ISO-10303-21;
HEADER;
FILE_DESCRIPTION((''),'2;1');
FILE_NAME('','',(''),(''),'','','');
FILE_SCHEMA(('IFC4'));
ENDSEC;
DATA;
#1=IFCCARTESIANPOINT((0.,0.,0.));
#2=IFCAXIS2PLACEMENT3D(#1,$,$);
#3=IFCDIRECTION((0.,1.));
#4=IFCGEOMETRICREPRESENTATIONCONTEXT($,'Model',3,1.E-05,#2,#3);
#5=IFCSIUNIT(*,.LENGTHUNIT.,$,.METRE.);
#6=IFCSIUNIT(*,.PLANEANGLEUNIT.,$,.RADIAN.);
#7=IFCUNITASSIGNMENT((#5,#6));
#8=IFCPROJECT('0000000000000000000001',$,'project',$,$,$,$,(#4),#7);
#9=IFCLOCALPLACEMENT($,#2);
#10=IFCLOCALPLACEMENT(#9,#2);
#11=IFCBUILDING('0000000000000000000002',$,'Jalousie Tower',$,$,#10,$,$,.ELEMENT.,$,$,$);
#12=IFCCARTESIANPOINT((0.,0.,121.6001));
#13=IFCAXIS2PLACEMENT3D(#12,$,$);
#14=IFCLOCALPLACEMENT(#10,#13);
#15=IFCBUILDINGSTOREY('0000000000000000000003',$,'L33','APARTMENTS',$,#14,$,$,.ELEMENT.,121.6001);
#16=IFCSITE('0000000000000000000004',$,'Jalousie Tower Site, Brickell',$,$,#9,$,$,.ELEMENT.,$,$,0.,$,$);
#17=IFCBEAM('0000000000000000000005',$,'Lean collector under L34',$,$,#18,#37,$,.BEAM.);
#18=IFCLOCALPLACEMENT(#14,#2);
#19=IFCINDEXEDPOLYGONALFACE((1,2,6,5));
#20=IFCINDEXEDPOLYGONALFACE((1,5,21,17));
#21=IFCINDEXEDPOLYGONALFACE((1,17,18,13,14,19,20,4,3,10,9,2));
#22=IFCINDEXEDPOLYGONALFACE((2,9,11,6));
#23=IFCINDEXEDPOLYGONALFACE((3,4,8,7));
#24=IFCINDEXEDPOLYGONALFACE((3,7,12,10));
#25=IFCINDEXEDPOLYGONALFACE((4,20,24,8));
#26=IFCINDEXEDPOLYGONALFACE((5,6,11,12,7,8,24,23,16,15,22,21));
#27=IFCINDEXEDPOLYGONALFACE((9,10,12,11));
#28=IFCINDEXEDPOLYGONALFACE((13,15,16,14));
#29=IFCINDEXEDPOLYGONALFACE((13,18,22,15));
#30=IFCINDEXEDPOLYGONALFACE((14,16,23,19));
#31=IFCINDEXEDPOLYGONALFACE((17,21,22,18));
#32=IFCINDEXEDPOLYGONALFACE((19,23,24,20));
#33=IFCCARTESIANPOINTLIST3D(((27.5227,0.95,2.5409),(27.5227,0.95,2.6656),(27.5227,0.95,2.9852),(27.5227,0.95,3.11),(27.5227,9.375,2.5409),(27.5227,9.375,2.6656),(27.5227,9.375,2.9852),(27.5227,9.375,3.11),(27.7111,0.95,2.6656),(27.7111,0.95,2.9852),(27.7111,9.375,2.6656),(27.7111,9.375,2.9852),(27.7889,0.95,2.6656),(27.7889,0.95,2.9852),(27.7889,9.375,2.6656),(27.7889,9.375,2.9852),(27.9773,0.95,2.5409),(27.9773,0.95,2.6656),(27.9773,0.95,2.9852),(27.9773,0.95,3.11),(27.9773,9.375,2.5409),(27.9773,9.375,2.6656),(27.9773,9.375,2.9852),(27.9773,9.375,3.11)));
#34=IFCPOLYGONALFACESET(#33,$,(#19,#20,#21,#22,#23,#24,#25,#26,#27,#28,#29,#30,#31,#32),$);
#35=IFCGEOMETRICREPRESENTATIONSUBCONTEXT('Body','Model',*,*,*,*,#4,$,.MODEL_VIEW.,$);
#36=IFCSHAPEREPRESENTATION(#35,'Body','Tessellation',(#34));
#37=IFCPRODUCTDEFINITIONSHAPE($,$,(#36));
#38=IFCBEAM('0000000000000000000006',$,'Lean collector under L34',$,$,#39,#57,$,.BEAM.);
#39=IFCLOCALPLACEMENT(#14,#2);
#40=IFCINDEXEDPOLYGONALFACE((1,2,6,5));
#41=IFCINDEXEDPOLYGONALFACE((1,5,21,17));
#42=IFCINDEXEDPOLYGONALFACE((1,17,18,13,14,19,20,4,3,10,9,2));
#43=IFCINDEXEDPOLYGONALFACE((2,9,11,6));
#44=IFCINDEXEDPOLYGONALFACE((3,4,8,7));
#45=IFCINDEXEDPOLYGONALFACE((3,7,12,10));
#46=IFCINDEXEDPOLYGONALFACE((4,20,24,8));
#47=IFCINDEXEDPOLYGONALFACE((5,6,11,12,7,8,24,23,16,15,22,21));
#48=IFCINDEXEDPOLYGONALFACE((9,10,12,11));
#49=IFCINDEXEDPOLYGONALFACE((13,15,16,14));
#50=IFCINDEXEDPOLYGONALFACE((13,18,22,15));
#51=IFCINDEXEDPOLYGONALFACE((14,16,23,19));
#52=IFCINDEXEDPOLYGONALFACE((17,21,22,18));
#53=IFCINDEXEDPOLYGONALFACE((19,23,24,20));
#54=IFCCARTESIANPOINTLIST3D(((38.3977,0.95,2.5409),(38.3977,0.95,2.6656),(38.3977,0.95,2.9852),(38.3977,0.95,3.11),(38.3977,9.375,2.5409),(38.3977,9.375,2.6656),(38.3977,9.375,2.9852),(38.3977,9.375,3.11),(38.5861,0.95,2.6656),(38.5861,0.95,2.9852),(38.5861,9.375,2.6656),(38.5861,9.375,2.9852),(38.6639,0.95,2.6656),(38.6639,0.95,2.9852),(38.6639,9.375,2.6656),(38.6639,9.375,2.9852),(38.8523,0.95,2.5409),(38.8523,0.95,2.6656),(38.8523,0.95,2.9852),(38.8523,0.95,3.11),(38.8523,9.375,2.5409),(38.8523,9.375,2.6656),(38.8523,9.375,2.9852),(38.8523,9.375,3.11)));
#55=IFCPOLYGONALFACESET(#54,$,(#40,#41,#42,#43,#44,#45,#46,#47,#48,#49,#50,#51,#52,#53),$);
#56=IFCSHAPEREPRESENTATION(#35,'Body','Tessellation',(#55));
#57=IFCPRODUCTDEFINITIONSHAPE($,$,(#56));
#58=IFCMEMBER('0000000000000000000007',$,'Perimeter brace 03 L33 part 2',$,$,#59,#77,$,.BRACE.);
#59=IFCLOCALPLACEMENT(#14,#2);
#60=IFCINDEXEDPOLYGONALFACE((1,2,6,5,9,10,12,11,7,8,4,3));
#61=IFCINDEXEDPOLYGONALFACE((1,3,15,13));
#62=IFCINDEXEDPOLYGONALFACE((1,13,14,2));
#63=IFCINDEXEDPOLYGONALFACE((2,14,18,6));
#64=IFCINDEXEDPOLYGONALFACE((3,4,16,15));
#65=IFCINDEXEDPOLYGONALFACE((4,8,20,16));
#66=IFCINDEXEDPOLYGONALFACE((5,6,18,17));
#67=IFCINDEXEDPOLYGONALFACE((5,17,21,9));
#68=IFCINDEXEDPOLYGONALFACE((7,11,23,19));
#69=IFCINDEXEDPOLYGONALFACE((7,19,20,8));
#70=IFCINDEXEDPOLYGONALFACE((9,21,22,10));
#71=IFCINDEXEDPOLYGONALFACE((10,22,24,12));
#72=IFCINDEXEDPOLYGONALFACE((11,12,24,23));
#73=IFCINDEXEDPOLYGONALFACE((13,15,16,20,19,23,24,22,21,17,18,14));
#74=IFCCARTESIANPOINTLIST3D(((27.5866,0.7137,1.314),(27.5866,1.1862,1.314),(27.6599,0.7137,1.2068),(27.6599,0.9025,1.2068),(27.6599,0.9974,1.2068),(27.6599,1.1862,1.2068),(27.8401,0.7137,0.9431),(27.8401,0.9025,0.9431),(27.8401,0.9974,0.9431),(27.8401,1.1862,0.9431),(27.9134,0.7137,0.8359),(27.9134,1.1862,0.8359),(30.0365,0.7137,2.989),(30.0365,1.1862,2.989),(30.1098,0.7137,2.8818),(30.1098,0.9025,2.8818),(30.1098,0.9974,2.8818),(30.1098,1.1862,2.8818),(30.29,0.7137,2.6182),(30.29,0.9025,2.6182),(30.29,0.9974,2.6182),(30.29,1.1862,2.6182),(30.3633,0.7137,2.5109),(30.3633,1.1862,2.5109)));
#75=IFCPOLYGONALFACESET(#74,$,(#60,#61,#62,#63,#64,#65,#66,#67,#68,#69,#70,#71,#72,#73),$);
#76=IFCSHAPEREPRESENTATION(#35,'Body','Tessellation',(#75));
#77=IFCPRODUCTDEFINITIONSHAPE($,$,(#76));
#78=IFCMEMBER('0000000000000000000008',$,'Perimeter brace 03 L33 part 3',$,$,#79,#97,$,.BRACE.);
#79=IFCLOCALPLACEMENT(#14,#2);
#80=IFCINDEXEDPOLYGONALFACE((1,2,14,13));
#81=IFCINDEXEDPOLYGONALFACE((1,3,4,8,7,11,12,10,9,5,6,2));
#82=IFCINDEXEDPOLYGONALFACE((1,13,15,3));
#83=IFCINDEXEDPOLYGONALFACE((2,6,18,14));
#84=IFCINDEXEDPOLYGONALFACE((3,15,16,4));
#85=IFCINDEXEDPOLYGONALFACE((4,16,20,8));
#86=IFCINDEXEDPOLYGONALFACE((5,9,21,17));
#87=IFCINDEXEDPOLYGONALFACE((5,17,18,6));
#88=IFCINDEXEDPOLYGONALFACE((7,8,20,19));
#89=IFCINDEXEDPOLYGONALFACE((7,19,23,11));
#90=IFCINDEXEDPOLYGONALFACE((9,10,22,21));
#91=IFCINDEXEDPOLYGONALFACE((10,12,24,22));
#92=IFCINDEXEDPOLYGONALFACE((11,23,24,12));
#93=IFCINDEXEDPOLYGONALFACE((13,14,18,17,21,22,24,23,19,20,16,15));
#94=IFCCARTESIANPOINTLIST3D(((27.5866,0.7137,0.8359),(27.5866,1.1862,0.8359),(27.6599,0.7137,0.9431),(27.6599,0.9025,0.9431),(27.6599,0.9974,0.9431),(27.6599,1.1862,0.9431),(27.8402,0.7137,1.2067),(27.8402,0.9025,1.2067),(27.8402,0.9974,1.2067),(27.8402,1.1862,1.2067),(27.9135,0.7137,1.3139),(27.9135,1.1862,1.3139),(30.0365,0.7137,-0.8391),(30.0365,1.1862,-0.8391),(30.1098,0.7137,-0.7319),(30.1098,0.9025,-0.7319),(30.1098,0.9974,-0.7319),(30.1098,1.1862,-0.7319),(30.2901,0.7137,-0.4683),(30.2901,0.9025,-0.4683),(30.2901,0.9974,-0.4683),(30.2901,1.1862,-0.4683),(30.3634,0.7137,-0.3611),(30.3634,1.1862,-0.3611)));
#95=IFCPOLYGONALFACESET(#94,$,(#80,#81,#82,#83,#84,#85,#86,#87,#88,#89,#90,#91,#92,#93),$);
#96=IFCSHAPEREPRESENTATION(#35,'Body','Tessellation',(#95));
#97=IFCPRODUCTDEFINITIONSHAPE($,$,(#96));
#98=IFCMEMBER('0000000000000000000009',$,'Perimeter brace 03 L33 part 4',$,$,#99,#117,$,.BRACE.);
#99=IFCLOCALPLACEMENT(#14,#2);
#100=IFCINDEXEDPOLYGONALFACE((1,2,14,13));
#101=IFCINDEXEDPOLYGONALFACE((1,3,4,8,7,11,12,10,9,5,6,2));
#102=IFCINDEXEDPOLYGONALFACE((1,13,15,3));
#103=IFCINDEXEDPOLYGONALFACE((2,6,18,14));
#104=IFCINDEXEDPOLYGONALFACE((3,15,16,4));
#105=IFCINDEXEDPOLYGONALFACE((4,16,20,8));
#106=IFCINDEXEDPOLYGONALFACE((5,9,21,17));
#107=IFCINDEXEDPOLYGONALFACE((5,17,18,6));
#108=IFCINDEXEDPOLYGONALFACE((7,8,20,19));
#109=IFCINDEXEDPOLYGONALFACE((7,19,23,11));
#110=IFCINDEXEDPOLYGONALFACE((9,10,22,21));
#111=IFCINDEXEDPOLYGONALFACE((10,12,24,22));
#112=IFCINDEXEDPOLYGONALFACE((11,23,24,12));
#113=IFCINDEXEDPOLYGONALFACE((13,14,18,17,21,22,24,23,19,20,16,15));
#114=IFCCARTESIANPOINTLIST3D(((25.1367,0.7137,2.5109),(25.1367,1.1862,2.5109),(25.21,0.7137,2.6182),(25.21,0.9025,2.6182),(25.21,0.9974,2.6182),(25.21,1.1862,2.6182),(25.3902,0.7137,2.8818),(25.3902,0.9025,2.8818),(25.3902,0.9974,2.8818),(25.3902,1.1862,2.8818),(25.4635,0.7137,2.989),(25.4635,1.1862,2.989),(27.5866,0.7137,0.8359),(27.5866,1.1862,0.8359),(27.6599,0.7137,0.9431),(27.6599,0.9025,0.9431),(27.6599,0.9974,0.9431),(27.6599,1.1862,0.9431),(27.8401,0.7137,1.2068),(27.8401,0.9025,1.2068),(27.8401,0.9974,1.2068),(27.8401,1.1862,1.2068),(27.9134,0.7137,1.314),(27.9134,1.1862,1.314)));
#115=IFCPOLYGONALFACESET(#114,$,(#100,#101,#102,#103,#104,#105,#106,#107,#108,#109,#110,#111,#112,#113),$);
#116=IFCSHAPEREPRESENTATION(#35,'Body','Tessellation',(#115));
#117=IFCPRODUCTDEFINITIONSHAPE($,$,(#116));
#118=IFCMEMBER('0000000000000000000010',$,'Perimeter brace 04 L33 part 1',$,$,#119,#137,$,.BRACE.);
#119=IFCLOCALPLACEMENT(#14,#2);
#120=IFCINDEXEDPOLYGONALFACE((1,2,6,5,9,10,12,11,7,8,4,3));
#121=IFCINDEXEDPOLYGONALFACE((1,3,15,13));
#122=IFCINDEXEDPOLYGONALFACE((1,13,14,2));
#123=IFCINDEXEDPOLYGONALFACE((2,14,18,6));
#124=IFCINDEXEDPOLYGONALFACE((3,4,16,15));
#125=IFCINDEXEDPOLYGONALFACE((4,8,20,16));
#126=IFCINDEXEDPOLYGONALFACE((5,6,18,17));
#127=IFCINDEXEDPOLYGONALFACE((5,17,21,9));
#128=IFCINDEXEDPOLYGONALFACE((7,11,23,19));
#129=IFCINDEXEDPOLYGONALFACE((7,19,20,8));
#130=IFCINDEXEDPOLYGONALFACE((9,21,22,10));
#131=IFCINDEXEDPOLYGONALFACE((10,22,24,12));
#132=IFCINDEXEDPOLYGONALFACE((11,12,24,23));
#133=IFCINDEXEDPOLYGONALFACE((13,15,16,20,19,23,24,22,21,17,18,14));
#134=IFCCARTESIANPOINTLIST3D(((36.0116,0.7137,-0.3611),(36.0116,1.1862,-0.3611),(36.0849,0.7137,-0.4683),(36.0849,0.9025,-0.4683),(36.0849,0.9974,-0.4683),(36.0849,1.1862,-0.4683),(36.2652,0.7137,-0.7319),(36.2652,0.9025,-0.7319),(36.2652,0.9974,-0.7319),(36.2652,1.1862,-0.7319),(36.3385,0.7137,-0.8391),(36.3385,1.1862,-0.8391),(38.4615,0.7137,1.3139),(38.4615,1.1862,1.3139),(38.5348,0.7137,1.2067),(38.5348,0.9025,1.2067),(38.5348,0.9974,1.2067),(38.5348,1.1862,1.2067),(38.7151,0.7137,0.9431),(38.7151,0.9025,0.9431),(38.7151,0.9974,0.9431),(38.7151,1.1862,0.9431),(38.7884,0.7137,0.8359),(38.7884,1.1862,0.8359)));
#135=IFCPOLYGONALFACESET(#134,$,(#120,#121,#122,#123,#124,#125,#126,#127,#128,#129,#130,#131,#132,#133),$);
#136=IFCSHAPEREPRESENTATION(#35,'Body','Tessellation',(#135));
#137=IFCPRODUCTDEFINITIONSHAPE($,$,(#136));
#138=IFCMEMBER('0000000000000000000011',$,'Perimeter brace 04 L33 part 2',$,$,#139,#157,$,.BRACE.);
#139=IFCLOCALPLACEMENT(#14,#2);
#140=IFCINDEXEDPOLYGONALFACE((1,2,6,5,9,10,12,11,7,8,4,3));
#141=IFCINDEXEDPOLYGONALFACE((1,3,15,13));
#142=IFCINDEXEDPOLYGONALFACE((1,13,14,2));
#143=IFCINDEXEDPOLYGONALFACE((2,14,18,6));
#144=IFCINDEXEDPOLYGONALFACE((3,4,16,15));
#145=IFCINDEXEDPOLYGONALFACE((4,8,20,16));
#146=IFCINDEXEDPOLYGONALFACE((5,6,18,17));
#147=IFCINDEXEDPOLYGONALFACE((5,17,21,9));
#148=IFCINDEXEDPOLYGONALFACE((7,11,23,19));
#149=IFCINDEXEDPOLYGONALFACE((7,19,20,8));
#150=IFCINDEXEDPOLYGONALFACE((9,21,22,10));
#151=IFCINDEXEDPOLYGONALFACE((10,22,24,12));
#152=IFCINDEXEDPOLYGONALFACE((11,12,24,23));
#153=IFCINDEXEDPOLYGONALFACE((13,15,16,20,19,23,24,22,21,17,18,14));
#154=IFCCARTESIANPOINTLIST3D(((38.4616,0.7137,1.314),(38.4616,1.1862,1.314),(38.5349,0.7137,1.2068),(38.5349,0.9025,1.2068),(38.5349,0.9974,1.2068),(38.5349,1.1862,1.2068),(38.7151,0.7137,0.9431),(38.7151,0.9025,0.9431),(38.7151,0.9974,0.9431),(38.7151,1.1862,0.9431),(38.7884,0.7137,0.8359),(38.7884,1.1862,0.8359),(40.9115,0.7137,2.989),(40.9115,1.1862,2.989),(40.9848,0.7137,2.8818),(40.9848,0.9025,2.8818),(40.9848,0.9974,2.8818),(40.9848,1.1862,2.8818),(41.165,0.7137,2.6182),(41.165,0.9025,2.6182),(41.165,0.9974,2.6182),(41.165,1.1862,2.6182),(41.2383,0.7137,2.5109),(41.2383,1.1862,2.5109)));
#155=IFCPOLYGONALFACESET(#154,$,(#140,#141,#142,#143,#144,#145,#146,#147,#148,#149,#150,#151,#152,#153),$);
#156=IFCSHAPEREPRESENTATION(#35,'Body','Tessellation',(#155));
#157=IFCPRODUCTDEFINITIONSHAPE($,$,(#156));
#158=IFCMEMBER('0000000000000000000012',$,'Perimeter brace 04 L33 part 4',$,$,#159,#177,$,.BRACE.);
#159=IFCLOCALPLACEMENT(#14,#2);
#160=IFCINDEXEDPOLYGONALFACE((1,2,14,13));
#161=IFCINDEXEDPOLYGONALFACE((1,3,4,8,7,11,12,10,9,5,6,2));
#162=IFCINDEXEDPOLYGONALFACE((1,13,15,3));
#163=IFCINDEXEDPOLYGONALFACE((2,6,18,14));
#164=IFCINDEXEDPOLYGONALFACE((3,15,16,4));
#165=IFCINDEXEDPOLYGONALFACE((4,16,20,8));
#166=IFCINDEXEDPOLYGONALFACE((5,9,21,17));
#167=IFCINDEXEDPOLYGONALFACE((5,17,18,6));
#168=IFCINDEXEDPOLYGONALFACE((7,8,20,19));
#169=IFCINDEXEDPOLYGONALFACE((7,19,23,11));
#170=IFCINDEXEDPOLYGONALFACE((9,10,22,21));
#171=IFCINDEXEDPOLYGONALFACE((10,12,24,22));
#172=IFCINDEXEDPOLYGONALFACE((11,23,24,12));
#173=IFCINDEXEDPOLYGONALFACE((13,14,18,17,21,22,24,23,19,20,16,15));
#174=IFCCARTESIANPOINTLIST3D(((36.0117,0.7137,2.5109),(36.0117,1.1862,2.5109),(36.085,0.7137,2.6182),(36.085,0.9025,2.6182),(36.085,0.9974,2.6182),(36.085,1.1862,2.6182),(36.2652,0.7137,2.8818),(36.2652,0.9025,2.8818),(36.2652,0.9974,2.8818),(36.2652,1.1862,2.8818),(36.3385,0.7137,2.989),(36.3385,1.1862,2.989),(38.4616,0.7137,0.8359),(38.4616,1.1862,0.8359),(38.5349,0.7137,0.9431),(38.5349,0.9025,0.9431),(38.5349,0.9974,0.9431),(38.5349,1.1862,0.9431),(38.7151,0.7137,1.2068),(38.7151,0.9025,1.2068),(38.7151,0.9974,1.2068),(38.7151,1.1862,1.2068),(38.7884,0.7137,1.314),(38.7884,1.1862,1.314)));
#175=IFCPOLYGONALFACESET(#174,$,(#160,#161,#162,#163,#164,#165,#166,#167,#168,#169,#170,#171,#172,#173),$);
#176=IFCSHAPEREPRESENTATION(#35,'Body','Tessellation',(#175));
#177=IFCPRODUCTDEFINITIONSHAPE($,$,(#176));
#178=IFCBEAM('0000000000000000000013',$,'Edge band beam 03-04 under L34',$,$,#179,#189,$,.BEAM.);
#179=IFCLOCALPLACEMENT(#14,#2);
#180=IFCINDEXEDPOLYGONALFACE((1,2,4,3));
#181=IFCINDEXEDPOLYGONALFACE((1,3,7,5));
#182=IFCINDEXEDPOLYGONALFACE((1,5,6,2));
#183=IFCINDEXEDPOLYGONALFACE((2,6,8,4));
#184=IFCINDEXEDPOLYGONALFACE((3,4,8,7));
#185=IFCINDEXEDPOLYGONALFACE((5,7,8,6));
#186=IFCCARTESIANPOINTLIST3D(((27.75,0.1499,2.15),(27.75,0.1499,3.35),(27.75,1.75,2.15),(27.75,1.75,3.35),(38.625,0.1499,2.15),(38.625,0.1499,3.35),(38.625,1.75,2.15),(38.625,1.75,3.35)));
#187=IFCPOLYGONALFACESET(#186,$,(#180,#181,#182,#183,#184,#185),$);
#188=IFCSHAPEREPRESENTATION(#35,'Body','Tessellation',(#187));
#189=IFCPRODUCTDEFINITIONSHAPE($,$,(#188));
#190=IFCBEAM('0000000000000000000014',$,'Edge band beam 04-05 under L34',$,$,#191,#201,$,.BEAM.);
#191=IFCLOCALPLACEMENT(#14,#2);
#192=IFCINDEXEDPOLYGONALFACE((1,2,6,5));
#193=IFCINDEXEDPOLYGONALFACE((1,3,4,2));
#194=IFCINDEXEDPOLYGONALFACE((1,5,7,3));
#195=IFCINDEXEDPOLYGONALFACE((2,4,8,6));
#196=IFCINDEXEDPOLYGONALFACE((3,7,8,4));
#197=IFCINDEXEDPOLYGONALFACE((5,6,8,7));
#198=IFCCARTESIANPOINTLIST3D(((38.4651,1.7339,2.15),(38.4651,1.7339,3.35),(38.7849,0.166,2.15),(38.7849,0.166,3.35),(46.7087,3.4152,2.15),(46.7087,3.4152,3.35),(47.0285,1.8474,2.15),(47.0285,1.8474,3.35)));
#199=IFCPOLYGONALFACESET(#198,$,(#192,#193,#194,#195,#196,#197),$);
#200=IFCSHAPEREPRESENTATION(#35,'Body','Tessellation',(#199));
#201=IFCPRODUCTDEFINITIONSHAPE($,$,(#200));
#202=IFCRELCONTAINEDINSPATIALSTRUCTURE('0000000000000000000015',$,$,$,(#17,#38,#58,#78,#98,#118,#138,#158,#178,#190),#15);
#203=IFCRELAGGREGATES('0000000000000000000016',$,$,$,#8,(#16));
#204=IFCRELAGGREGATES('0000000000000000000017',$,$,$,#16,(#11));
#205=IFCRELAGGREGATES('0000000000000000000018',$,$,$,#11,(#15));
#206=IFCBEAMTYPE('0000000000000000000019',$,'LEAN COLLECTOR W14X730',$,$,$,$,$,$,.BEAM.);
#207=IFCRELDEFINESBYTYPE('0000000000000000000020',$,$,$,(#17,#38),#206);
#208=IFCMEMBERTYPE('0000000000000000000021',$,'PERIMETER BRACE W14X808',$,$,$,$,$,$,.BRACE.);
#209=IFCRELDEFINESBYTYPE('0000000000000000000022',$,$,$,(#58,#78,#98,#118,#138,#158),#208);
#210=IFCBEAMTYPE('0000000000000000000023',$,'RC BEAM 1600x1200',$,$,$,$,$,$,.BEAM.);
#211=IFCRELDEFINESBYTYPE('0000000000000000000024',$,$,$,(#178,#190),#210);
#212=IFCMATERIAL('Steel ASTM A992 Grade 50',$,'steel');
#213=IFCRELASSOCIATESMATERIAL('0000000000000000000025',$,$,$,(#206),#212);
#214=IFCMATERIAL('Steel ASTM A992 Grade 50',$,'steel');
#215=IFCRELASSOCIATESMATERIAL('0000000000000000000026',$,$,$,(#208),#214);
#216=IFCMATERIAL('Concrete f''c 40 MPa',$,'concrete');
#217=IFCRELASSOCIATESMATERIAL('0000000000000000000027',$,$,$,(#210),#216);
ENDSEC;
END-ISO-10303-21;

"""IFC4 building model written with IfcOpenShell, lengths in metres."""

from ifc_helpers import new_model, si_unit, direction, frame, origin, origin_2d, place, context, subcontext, project, spatial, rectangle, i_section, extrude, material, material_profile, profile_set, type_object, element, save


model = new_model("IFC4")

# Units and contexts
model_context = context("Model", 3, precision=1e-05, world=origin(), true_north=direction((0.0, 1.0)))
body_context = subcontext(model_context, "Body", "Model", "MODEL_VIEW")
ifc_project = project(units=[si_unit("LENGTHUNIT", "METRE"), si_unit("PLANEANGLEUNIT", "RADIAN")], contexts=[model_context])

# Site, building, storey
site_placement = place(None, origin())
site = spatial("IfcSite", under=ifc_project, at=site_placement, Name="Jalousie Tower Site, Brickell", CompositionType="ELEMENT", RefElevation=0.0)
building_placement = place(site_placement, origin())
building = spatial("IfcBuilding", under=site, at=building_placement, Name="Jalousie Tower", CompositionType="ELEMENT")
storey_placement = place(building_placement, frame((0.0, 0.0, 121.6001)))
storey = spatial("IfcBuildingStorey", under=building, at=storey_placement, Name="L33", Description="APARTMENTS", CompositionType="ELEMENT", Elevation=121.6001)

# Beams
ifc_material_1 = material(Name="Steel ASTM A992 Grade 50", Category="steel")
ifc_material_profile_1 = material_profile(ifc_material_1, i_section(OverallWidth=0.4546, OverallDepth=0.5691, WebThickness=0.0779, FlangeThickness=0.1248, at=origin_2d()), Name="W14X730")
ifc_profile_set_1 = profile_set([ifc_material_profile_1], Name="Steel ASTM A992 Grade 50")
beam_type_1 = type_object("IfcBeamType", Name="LEAN COLLECTOR W14X730", PredefinedType="BEAM", material=ifc_profile_set_1)
for number, where, z_axis, x_axis, name in (
    (1, (27.75, 0.95, 2.8254), (0.0, 1.0, 0.0), (-1.0, 0.0, 0.0), "Lean collector under L34"),
    (2, (38.625, 0.95, 2.8254), (0.0, 1.0, 0.0), (-1.0, 0.0, 0.0), "Lean collector under L34"),
):
    element("IfcBeam", number, at=place(storey_placement, frame(where, z_axis=z_axis, x_axis=x_axis)), inside=storey, type_object=beam_type_1, Name=name, PredefinedType="BEAM", context=body_context, shape_type="SweptSolid", body=[
        extrude(i_section(OverallWidth=0.4546, OverallDepth=0.5691, WebThickness=0.0779, FlangeThickness=0.1248, at=origin_2d()), origin(), (0.0, 0.0, 1.0), 8.425),
    ])

# Members
ifc_material_2 = material(Name="Steel ASTM A992 Grade 50", Category="steel")
ifc_material_profile_2 = material_profile(ifc_material_2, i_section(OverallWidth=0.4724, OverallDepth=0.5791, WebThickness=0.095, FlangeThickness=0.1299, at=origin_2d()), Name="W14X808")
ifc_profile_set_2 = profile_set([ifc_material_profile_2], Name="Steel ASTM A992 Grade 50")
member_type_1 = type_object("IfcMemberType", Name="PERIMETER BRACE W14X808", PredefinedType="BRACE", material=ifc_profile_set_2)
for number, where, z_axis, x_axis, name in (
    (3, (27.75, 0.95, 1.075), (0.825501, 0.0, 0.564401), (0.0, 1.0, 0.0), "Perimeter brace 03 L33 part 2"),
    (4, (30.2, 0.95, -0.6001), (-0.825501, 0.0, 0.564401), (0.0, -1.0, 0.0), "Perimeter brace 03 L33 part 3"),
    (5, (27.75, 0.95, 1.075), (-0.825501, 0.0, 0.564401), (0.0, -1.0, 0.0), "Perimeter brace 03 L33 part 4"),
    (6, (36.175, 0.95, -0.6001), (0.825501, 0.0, 0.564401), (0.0, 1.0, 0.0), "Perimeter brace 04 L33 part 1"),
    (7, (38.625, 0.95, 1.075), (0.825501, 0.0, 0.564401), (0.0, 1.0, 0.0), "Perimeter brace 04 L33 part 2"),
    (8, (38.625, 0.95, 1.075), (-0.825501, 0.0, 0.564401), (0.0, -1.0, 0.0), "Perimeter brace 04 L33 part 4"),
):
    element("IfcMember", number, at=place(storey_placement, frame(where, z_axis=z_axis, x_axis=x_axis)), inside=storey, type_object=member_type_1, Name=name, PredefinedType="BRACE", context=body_context, shape_type="SweptSolid", body=[
        extrude(i_section(OverallWidth=0.4724, OverallDepth=0.5791, WebThickness=0.095, FlangeThickness=0.1299, at=origin_2d()), origin(), (0.0, 0.0, 1.0), 2.9678),
    ])

# Beams
ifc_material_3 = material(Name="Concrete f'c 40 MPa", Category="concrete")
ifc_material_profile_3 = material_profile(ifc_material_3, rectangle(XDim=1.6001, YDim=1.2, at=origin_2d()), Name="RC 1600x1200")
ifc_profile_set_3 = profile_set([ifc_material_profile_3], Name="Concrete f'c 40 MPa")
beam_type_2 = type_object("IfcBeamType", Name="RC BEAM 1600x1200", PredefinedType="BEAM", material=ifc_profile_set_3)
beam_1_placement = place(storey_placement, frame((27.75, 0.95, 2.75), z_axis=(1.0, 0.0, 0.0), x_axis=(0.0, 1.0, 0.0)))
element("IfcBeam", 9, at=beam_1_placement, inside=storey, type_object=beam_type_2, Name="Edge band beam 03-04 under L34", PredefinedType="BEAM", context=body_context, shape_type="SweptSolid", body=[
    extrude(rectangle(XDim=1.6001, YDim=1.2, at=origin_2d()), origin(), (0.0, 0.0, 1.0), 10.875),
])
beam_2_placement = place(storey_placement, frame((38.625, 0.95, 2.75), z_axis=(0.979827, 0.199848, 0.0), x_axis=(-0.199848, 0.979827, 0.0)))
element("IfcBeam", 10, at=beam_2_placement, inside=storey, type_object=beam_type_2, Name="Edge band beam 04-05 under L34", PredefinedType="BEAM", context=body_context, shape_type="SweptSolid", body=[
    extrude(rectangle(XDim=1.6001, YDim=1.2, at=origin_2d()), origin(), (0.0, 0.0, 1.0), 8.4133),
])

save(model, "model.ifc")
